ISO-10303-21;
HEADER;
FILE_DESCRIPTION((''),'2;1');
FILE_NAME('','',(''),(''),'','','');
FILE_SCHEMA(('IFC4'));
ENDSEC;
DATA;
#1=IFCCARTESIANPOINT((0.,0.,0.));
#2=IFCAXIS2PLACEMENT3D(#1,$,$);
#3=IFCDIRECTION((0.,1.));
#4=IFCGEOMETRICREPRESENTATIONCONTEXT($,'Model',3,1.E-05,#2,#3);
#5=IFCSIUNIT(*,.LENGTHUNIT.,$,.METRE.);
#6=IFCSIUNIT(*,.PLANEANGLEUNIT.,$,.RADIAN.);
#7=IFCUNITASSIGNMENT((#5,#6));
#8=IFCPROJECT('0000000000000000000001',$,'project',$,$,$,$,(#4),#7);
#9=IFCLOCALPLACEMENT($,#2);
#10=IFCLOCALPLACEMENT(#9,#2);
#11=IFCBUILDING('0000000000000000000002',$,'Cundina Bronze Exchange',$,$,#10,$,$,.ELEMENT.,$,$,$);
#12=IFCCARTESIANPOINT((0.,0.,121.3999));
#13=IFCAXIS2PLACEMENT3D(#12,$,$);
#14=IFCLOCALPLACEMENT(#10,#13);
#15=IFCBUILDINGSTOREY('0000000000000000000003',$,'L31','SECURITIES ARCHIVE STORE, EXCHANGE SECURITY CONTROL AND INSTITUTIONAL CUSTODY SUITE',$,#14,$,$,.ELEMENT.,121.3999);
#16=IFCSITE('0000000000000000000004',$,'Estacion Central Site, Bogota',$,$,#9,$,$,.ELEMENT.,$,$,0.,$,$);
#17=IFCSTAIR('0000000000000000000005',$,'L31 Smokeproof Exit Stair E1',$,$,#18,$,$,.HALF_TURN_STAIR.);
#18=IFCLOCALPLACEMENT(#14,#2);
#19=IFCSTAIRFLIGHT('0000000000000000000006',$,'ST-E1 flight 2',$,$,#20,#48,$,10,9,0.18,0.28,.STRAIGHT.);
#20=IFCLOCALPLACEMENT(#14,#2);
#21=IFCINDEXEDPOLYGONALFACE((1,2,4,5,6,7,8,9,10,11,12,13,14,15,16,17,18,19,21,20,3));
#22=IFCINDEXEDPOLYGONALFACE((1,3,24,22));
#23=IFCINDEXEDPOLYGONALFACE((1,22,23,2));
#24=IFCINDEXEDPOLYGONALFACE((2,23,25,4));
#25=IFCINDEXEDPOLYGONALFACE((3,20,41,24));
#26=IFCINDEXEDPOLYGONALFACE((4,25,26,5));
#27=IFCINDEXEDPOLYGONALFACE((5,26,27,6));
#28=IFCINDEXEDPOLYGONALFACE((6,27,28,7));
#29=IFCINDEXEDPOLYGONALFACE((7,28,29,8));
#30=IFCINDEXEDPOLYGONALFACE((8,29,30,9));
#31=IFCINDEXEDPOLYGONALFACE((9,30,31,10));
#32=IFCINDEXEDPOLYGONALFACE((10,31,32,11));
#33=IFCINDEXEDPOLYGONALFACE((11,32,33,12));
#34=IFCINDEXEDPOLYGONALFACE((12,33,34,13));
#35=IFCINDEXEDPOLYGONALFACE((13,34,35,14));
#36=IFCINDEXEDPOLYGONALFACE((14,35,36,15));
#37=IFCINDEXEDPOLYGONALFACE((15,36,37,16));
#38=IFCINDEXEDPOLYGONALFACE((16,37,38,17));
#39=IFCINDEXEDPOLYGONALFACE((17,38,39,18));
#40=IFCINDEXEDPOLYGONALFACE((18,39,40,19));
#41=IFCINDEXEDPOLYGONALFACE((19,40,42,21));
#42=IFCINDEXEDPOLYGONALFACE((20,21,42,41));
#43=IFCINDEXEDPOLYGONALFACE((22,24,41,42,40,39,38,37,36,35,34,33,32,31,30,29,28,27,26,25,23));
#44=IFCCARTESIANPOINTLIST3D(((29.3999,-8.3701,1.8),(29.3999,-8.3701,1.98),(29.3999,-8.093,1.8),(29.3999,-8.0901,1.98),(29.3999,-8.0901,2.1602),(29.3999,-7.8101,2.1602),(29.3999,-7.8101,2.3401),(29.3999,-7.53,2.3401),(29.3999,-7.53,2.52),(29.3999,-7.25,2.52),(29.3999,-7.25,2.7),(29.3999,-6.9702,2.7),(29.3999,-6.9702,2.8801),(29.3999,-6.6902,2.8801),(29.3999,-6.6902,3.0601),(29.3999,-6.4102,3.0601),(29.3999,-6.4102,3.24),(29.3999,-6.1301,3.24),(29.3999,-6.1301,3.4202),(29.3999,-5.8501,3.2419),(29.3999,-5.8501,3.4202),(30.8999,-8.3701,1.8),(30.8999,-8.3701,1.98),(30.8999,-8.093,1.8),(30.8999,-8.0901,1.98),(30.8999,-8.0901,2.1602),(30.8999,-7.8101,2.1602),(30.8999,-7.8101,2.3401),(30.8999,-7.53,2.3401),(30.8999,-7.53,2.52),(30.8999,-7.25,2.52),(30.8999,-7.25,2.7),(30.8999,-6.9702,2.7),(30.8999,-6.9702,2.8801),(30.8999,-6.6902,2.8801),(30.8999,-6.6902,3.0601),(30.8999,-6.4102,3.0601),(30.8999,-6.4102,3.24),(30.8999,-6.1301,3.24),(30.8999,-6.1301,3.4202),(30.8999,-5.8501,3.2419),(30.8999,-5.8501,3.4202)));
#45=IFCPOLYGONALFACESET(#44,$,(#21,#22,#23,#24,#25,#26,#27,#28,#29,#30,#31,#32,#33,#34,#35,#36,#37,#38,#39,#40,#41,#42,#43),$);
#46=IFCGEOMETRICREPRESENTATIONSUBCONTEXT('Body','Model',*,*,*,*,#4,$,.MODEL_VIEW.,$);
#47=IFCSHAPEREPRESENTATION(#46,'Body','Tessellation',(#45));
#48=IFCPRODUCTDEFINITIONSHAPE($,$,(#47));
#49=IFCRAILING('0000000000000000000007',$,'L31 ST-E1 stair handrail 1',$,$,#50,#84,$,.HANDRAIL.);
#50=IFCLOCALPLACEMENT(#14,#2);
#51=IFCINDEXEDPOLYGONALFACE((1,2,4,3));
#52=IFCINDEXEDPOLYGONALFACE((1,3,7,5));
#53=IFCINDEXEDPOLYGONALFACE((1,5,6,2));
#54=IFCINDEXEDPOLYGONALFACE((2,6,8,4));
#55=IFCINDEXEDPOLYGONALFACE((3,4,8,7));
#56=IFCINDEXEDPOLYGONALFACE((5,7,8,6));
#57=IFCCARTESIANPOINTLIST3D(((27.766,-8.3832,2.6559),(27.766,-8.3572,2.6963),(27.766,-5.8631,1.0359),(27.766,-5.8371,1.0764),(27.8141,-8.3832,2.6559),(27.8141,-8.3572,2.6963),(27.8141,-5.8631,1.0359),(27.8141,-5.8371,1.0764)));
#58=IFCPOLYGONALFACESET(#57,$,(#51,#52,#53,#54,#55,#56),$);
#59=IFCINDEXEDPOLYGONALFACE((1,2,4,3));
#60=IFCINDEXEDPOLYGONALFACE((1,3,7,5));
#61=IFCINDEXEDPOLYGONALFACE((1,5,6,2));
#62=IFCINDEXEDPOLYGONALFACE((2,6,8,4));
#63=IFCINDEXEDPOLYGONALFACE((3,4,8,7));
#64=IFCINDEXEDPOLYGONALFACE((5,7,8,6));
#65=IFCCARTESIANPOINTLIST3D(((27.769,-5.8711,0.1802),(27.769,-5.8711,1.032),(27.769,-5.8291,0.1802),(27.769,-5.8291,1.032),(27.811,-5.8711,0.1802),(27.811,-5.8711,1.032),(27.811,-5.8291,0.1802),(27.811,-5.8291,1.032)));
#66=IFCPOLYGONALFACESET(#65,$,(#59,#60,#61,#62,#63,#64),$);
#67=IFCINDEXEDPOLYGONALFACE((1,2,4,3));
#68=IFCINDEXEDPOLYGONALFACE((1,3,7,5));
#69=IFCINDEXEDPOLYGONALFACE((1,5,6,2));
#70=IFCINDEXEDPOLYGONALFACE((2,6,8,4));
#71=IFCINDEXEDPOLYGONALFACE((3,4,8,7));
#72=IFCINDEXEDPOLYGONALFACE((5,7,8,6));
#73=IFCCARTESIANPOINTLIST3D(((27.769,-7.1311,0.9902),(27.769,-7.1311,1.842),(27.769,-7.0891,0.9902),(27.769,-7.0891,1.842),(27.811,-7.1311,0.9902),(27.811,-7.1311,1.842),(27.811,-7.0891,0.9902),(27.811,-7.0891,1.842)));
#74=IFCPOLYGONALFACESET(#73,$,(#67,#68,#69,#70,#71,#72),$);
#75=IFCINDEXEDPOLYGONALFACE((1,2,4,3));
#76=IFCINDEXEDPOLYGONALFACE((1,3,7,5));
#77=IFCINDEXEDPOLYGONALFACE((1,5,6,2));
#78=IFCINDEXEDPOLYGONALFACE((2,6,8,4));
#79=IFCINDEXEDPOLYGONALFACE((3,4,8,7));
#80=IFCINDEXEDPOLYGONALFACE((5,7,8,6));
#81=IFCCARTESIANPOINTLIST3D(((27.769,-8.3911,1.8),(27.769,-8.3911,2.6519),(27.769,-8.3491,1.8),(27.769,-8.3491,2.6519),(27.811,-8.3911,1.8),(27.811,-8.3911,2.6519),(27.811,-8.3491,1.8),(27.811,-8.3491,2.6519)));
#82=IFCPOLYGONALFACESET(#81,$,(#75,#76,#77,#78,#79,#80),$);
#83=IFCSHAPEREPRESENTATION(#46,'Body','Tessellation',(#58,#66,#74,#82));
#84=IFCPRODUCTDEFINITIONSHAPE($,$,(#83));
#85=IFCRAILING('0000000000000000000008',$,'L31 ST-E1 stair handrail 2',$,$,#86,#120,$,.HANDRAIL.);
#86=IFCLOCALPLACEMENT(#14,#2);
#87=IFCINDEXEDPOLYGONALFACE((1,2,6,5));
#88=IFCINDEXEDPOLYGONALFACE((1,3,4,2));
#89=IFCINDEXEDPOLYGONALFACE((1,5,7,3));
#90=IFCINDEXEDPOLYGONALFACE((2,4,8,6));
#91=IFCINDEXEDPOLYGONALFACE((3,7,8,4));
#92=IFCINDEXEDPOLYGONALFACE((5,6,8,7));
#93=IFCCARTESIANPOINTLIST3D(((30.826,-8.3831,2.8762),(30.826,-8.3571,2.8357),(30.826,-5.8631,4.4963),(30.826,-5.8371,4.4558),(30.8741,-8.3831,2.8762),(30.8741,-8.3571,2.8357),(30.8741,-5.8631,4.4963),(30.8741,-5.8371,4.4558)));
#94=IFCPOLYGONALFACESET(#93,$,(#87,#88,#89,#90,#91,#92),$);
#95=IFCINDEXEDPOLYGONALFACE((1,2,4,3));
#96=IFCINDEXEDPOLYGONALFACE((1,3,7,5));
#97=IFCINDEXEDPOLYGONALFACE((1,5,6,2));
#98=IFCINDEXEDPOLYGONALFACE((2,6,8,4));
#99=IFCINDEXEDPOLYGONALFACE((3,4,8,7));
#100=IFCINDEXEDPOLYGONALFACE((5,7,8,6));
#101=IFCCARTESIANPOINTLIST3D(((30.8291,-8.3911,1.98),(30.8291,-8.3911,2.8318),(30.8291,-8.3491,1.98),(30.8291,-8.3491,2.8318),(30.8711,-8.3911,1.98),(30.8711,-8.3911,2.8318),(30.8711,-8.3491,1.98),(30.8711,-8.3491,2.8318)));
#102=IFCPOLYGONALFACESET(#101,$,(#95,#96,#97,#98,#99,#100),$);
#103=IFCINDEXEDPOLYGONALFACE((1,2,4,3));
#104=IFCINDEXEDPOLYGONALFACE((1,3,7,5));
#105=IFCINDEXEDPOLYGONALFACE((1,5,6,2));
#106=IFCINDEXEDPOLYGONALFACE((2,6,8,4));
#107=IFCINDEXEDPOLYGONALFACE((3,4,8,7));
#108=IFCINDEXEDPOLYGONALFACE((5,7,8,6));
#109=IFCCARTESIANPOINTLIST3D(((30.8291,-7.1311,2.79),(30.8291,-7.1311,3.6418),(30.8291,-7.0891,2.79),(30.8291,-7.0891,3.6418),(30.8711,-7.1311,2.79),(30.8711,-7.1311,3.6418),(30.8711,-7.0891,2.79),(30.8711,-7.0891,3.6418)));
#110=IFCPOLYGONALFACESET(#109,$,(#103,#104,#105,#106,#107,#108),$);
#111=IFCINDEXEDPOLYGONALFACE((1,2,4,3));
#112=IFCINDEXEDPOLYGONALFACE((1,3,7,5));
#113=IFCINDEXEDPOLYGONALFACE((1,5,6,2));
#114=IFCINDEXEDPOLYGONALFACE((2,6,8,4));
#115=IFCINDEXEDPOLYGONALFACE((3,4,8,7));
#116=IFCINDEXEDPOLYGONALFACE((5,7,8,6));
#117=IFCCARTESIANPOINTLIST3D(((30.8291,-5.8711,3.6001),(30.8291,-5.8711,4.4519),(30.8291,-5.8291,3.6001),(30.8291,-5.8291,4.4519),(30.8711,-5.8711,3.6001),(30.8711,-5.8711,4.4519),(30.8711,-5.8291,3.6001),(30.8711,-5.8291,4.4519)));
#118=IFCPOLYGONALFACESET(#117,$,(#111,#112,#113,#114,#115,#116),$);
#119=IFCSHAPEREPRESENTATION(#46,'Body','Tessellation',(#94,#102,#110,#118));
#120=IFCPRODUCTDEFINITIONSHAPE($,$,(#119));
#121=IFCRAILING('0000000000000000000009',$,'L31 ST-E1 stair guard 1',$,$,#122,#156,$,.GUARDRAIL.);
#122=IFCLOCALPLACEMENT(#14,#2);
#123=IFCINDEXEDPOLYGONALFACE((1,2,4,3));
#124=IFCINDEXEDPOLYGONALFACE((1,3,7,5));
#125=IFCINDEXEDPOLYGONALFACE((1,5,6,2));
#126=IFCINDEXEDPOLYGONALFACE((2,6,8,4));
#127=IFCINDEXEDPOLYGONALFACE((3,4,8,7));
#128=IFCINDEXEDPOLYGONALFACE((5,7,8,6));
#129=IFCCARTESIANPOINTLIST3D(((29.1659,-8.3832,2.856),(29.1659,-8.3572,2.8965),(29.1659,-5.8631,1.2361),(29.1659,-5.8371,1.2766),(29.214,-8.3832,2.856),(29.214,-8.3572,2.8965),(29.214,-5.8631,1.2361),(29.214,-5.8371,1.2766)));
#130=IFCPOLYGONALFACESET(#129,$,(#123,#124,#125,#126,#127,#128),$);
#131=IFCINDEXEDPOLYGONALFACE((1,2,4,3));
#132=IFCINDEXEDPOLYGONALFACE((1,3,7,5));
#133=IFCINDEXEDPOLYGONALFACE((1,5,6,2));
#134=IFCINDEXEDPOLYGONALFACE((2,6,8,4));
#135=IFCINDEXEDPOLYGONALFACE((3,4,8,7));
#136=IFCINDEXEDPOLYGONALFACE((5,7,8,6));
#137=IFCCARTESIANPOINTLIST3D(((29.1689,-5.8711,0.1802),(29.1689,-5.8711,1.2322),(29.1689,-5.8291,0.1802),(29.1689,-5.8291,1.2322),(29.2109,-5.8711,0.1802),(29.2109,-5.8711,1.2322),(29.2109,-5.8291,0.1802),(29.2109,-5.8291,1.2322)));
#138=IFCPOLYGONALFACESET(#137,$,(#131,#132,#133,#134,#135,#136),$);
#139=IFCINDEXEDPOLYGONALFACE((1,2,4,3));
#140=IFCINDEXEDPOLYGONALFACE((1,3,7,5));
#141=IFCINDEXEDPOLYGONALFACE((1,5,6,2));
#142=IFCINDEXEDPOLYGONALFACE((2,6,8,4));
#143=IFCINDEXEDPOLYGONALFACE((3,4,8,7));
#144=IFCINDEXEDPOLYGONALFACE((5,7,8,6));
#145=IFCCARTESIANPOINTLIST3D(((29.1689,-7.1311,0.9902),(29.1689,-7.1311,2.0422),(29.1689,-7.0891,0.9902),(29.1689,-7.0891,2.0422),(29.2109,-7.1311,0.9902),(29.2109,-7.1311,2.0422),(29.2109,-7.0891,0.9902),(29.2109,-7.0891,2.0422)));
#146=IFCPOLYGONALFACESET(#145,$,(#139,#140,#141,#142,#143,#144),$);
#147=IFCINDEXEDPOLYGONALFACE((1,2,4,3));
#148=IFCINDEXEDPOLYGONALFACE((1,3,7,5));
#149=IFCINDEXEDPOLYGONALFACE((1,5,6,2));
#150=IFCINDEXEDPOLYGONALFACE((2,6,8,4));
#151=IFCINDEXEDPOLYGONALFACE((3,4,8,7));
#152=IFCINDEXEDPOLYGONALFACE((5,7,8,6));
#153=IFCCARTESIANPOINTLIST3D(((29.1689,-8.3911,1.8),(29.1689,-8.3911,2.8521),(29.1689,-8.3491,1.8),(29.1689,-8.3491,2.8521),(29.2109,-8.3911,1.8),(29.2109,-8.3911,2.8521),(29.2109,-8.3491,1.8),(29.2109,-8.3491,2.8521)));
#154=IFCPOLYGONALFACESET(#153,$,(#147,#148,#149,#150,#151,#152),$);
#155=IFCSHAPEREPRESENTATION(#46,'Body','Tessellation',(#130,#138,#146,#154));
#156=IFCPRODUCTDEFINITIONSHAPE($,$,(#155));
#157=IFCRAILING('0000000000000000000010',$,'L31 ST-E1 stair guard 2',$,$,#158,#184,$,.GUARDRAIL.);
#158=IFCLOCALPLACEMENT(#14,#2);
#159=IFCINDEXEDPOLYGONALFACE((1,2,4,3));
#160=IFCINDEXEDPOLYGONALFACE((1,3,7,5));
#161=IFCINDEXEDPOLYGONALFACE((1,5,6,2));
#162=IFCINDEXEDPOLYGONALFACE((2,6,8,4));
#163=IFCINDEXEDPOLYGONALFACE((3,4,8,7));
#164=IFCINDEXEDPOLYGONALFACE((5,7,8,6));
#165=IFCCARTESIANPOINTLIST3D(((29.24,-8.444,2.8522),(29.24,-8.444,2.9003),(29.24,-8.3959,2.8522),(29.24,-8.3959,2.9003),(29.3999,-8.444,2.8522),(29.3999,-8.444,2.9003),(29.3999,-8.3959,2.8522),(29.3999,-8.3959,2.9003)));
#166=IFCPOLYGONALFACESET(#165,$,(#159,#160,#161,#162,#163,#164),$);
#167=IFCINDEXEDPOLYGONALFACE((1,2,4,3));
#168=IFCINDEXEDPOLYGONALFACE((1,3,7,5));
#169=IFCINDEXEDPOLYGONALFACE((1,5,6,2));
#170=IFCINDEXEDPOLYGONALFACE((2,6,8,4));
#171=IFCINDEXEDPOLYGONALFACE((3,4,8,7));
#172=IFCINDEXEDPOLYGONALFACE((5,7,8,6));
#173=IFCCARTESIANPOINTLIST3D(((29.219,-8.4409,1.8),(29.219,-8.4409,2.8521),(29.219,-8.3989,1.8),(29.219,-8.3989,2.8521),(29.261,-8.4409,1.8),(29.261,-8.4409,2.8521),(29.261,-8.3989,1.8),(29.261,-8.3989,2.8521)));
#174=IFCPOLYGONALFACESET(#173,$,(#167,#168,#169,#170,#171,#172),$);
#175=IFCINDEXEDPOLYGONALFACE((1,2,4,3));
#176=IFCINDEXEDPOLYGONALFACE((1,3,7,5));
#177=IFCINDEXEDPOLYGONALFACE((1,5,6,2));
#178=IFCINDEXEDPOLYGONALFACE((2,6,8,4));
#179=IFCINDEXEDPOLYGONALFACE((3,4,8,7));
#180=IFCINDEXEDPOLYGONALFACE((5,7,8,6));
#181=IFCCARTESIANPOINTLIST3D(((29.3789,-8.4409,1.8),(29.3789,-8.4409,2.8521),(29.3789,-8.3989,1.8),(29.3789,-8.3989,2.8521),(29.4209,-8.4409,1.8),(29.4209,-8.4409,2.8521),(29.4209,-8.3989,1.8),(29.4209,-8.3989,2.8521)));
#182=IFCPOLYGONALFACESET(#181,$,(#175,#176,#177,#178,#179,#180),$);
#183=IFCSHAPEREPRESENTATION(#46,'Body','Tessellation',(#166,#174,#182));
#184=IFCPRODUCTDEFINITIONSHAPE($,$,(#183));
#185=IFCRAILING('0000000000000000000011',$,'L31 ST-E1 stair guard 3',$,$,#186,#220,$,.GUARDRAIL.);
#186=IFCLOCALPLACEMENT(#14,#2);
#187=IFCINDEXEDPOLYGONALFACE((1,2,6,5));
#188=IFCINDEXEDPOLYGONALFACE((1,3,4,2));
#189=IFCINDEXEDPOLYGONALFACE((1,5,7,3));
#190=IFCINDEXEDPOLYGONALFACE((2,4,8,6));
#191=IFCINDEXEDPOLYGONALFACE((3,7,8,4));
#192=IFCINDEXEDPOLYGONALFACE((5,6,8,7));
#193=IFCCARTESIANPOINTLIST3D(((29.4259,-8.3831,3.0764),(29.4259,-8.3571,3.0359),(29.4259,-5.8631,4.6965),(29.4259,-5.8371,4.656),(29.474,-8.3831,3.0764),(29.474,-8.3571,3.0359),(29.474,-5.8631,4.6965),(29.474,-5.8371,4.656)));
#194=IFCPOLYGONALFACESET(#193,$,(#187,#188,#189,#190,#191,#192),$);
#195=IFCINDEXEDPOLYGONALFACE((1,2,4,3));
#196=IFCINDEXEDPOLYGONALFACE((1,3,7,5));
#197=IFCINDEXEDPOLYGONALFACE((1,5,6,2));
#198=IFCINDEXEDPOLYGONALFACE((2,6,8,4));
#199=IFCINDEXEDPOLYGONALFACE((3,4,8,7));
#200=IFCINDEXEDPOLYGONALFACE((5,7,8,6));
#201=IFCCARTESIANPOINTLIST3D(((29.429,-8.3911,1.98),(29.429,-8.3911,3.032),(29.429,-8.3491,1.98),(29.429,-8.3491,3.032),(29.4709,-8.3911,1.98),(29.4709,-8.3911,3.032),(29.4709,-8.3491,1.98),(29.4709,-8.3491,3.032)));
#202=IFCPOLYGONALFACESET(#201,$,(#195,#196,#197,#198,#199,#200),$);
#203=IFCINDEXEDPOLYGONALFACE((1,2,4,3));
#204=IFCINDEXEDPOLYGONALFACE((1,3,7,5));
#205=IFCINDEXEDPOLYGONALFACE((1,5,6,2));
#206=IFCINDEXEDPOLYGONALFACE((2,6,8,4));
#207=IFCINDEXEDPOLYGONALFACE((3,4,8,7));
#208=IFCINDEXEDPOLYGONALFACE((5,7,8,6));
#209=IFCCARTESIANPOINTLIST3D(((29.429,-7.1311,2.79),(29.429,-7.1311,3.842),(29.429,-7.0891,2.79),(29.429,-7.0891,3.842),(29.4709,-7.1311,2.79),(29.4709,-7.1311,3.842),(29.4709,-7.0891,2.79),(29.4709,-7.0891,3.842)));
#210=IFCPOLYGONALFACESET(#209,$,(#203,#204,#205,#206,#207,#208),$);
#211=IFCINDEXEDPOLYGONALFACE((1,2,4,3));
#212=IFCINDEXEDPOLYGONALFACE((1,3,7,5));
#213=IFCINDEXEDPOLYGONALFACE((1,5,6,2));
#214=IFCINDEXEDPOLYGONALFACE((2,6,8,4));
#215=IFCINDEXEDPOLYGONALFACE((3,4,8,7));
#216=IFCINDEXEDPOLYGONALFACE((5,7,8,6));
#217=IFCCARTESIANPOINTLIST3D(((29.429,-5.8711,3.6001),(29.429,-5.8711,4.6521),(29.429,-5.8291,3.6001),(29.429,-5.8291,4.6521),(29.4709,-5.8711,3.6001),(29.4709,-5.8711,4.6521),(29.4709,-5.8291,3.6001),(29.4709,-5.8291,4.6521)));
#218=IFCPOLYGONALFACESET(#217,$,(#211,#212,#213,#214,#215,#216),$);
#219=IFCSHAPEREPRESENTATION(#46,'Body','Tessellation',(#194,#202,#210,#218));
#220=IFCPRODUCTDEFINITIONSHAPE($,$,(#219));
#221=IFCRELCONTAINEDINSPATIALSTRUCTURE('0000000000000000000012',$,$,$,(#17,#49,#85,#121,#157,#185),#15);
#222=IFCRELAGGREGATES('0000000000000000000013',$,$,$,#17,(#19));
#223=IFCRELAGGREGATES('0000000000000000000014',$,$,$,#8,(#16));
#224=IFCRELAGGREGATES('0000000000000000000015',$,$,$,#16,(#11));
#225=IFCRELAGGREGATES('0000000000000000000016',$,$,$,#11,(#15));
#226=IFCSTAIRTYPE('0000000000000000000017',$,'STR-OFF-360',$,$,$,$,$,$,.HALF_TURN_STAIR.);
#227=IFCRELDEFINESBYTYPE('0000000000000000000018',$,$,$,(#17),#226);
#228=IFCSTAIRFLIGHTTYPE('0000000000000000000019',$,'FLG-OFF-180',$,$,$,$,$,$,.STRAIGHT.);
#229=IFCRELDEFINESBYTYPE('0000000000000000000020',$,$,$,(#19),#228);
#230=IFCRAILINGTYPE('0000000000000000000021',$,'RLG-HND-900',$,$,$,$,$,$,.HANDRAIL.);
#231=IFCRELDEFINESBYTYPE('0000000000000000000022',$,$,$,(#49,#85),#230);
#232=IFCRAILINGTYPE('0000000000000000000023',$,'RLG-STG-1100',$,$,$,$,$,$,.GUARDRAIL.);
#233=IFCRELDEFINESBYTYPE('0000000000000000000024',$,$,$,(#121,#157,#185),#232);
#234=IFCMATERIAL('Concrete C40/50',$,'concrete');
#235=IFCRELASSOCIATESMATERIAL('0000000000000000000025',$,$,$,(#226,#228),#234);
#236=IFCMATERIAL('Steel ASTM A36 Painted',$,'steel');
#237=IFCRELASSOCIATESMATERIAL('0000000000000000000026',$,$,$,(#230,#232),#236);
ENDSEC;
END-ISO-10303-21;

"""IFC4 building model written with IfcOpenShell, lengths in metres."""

from ifc_helpers import new_model, si_unit, direction, frame, origin, origin_2d, place, context, subcontext, project, spatial, polyline, rectangle, outline, extrude, material, type_object, element, aggregate, save


model = new_model("IFC4")

# Units and contexts
model_context = context("Model", 3, precision=1e-05, world=origin(), true_north=direction((0.0, 1.0)))
body_context = subcontext(model_context, "Body", "Model", "MODEL_VIEW")
ifc_project = project(units=[si_unit("LENGTHUNIT", "METRE"), si_unit("PLANEANGLEUNIT", "RADIAN")], contexts=[model_context])

# Site, building, storey
site_placement = place(None, origin())
site = spatial("IfcSite", under=ifc_project, at=site_placement, Name="Estacion Central Site, Bogota", CompositionType="ELEMENT", RefElevation=0.0)
building_placement = place(site_placement, origin())
building = spatial("IfcBuilding", under=site, at=building_placement, Name="Cundina Bronze Exchange", CompositionType="ELEMENT")
storey_placement = place(building_placement, frame((0.0, 0.0, 121.3999)))
storey = spatial("IfcBuildingStorey", under=building, at=storey_placement, Name="L31", Description="SECURITIES ARCHIVE STORE, EXCHANGE SECURITY CONTROL AND INSTITUTIONAL CUSTODY SUITE", CompositionType="ELEMENT", Elevation=121.3999)

# Stair, stair flight
ifc_material_1 = material(Name="Concrete C40/50", Category="concrete")
stair_type = type_object("IfcStairType", Name="STR-OFF-360", PredefinedType="HALF_TURN_STAIR", material=ifc_material_1)
stair_placement = place(storey_placement, origin())
stair = element("IfcStair", 1, at=stair_placement, inside=storey, type_object=stair_type, Name="L31 Smokeproof Exit Stair E1", PredefinedType="HALF_TURN_STAIR")
stair_flight_type = type_object("IfcStairFlightType", Name="FLG-OFF-180", PredefinedType="STRAIGHT", material=ifc_material_1)
stair_flight_1_placement = place(storey_placement, frame((30.1499, -8.3701, 1.8), z_axis=(0.0, 0.0, 1.0), x_axis=(0.0, 1.0, 0.0)))
stair_flight_1 = element("IfcStairFlight", 2, at=stair_flight_1_placement, type_object=stair_flight_type, Name="ST-E1 flight 2", NumberOfRisers=10, NumberOfTreads=9, PredefinedType="STRAIGHT", RiserHeight=0.18, TreadLength=0.28, context=body_context, shape_type="SweptSolid", body=[
    extrude(outline(polyline([(0.0, 0.0), (0.0, 0.1799), (0.28, 0.1799), (0.28, 0.3601), (0.5601, 0.3601), (0.5601, 0.54), (0.8401, 0.54), (0.8401, 0.72), (1.1201, 0.72), (1.1201, 0.8999), (1.3999, 0.8999), (1.3999, 1.0801), (1.6799, 1.0801), (1.6799, 1.26), (1.96, 1.26), (1.96, 1.4399), (2.24, 1.4399), (2.24, 1.6201), (2.52, 1.6201), (2.52, 1.8), (2.52, 1.4419), (0.2771, 0.0), (0.0, 0.0)])), frame((0.0, 0.75, 0.0), z_axis=(0.0, -1.0, 0.0), x_axis=(1.0, 0.0, 0.0)), (0.0, 0.0, 1.0), 1.5),
])
aggregate(stair, [stair_flight_1])

# Railings
ifc_material_2 = material(Name="Steel ASTM A36 Painted", Category="steel")
railing_type_1 = type_object("IfcRailingType", Name="RLG-HND-900", PredefinedType="HANDRAIL", material=ifc_material_2)
railing_1_placement = place(storey_placement, frame((27.79, -5.8501, 0.1802)))
element("IfcRailing", 3, at=railing_1_placement, inside=storey, type_object=railing_type_1, Name="L31 ST-E1 stair handrail 1", PredefinedType="HANDRAIL", context=body_context, shape_type="SweptSolid", body=[
    extrude(rectangle(XDim=0.0481, YDim=0.0481, at=origin_2d()), frame((0.0, 0.0, 0.876), z_axis=(0.0, -0.8412, 0.540725), x_axis=(1.0, 0.0, 0.0)), (0.0, 0.0, 1.0), 2.9958),
    extrude(rectangle(XDim=0.042, YDim=0.042, at=origin_2d()), origin(), (0.0, 0.0, 1.0), 0.8518),
    extrude(rectangle(XDim=0.042, YDim=0.042, at=origin_2d()), frame((0.0, -1.26, 0.8101)), (0.0, 0.0, 1.0), 0.8518),
    extrude(rectangle(XDim=0.042, YDim=0.042, at=origin_2d()), frame((0.0, -2.52, 1.6199)), (0.0, 0.0, 1.0), 0.8518),
])
railing_2_placement = place(storey_placement, frame((30.8501, -8.3701, 1.98)))
element("IfcRailing", 4, at=railing_2_placement, inside=storey, type_object=railing_type_1, Name="L31 ST-E1 stair handrail 2", PredefinedType="HANDRAIL", context=body_context, shape_type="SweptSolid", body=[
    extrude(rectangle(XDim=0.0481, YDim=0.0481, at=origin_2d()), frame((0.0, 0.0, 0.876), z_axis=(0.0, 0.841163, 0.540782), x_axis=(-1.0, 0.0, 0.0)), (0.0, 0.0, 1.0), 2.9958),
    extrude(rectangle(XDim=0.042, YDim=0.042, at=origin_2d()), origin(), (0.0, 0.0, 1.0), 0.8518),
    extrude(rectangle(XDim=0.042, YDim=0.042, at=origin_2d()), frame((0.0, 1.26, 0.8101)), (0.0, 0.0, 1.0), 0.8518),
    extrude(rectangle(XDim=0.042, YDim=0.042, at=origin_2d()), frame((0.0, 2.52, 1.6201)), (0.0, 0.0, 1.0), 0.8518),
])
railing_type_2 = type_object("IfcRailingType", Name="RLG-STG-1100", PredefinedType="GUARDRAIL", material=ifc_material_2)
railing_3_placement = place(storey_placement, frame((29.1899, -5.8501, 0.1802)))
element("IfcRailing", 5, at=railing_3_placement, inside=storey, type_object=railing_type_2, Name="L31 ST-E1 stair guard 1", PredefinedType="GUARDRAIL", context=body_context, shape_type="SweptSolid", body=[
    extrude(rectangle(XDim=0.0481, YDim=0.0481, at=origin_2d()), frame((0.0, 0.0, 1.0762), z_axis=(0.0, -0.8412, 0.540725), x_axis=(1.0, 0.0, 0.0)), (0.0, 0.0, 1.0), 2.9958),
    extrude(rectangle(XDim=0.042, YDim=0.042, at=origin_2d()), origin(), (0.0, 0.0, 1.0), 1.052),
    extrude(rectangle(XDim=0.042, YDim=0.042, at=origin_2d()), frame((0.0, -1.26, 0.8101)), (0.0, 0.0, 1.0), 1.052),
    extrude(rectangle(XDim=0.042, YDim=0.042, at=origin_2d()), frame((0.0, -2.52, 1.6199)), (0.0, 0.0, 1.0), 1.052),
])
railing_4_placement = place(storey_placement, frame((29.24, -8.4199, 1.8)))
element("IfcRailing", 6, at=railing_4_placement, inside=storey, type_object=railing_type_2, Name="L31 ST-E1 stair guard 2", PredefinedType="GUARDRAIL", context=body_context, shape_type="SweptSolid", body=[
    extrude(rectangle(XDim=0.0481, YDim=0.0481, at=origin_2d()), frame((0.0, 0.0, 1.0762), z_axis=(1.0, 0.0, 0.0), x_axis=(0.0, 1.0, 0.0)), (0.0, 0.0, 1.0), 0.1599),
    extrude(rectangle(XDim=0.042, YDim=0.042, at=origin_2d()), origin(), (0.0, 0.0, 1.0), 1.052),
    extrude(rectangle(XDim=0.042, YDim=0.042, at=origin_2d()), frame((0.1599, 0.0, 0.0)), (0.0, 0.0, 1.0), 1.052),
])
railing_5_placement = place(storey_placement, frame((29.45, -8.3701, 1.98)))
element("IfcRailing", 7, at=railing_5_placement, inside=storey, type_object=railing_type_2, Name="L31 ST-E1 stair guard 3", PredefinedType="GUARDRAIL", context=body_context, shape_type="SweptSolid", body=[
    extrude(rectangle(XDim=0.0481, YDim=0.0481, at=origin_2d()), frame((0.0, 0.0, 1.0762), z_axis=(0.0, 0.841163, 0.540782), x_axis=(-1.0, 0.0, 0.0)), (0.0, 0.0, 1.0), 2.9958),
    extrude(rectangle(XDim=0.042, YDim=0.042, at=origin_2d()), origin(), (0.0, 0.0, 1.0), 1.052),
    extrude(rectangle(XDim=0.042, YDim=0.042, at=origin_2d()), frame((0.0, 1.26, 0.8101)), (0.0, 0.0, 1.0), 1.052),
    extrude(rectangle(XDim=0.042, YDim=0.042, at=origin_2d()), frame((0.0, 2.52, 1.6201)), (0.0, 0.0, 1.0), 1.052),
])

save(model, "model.ifc")
